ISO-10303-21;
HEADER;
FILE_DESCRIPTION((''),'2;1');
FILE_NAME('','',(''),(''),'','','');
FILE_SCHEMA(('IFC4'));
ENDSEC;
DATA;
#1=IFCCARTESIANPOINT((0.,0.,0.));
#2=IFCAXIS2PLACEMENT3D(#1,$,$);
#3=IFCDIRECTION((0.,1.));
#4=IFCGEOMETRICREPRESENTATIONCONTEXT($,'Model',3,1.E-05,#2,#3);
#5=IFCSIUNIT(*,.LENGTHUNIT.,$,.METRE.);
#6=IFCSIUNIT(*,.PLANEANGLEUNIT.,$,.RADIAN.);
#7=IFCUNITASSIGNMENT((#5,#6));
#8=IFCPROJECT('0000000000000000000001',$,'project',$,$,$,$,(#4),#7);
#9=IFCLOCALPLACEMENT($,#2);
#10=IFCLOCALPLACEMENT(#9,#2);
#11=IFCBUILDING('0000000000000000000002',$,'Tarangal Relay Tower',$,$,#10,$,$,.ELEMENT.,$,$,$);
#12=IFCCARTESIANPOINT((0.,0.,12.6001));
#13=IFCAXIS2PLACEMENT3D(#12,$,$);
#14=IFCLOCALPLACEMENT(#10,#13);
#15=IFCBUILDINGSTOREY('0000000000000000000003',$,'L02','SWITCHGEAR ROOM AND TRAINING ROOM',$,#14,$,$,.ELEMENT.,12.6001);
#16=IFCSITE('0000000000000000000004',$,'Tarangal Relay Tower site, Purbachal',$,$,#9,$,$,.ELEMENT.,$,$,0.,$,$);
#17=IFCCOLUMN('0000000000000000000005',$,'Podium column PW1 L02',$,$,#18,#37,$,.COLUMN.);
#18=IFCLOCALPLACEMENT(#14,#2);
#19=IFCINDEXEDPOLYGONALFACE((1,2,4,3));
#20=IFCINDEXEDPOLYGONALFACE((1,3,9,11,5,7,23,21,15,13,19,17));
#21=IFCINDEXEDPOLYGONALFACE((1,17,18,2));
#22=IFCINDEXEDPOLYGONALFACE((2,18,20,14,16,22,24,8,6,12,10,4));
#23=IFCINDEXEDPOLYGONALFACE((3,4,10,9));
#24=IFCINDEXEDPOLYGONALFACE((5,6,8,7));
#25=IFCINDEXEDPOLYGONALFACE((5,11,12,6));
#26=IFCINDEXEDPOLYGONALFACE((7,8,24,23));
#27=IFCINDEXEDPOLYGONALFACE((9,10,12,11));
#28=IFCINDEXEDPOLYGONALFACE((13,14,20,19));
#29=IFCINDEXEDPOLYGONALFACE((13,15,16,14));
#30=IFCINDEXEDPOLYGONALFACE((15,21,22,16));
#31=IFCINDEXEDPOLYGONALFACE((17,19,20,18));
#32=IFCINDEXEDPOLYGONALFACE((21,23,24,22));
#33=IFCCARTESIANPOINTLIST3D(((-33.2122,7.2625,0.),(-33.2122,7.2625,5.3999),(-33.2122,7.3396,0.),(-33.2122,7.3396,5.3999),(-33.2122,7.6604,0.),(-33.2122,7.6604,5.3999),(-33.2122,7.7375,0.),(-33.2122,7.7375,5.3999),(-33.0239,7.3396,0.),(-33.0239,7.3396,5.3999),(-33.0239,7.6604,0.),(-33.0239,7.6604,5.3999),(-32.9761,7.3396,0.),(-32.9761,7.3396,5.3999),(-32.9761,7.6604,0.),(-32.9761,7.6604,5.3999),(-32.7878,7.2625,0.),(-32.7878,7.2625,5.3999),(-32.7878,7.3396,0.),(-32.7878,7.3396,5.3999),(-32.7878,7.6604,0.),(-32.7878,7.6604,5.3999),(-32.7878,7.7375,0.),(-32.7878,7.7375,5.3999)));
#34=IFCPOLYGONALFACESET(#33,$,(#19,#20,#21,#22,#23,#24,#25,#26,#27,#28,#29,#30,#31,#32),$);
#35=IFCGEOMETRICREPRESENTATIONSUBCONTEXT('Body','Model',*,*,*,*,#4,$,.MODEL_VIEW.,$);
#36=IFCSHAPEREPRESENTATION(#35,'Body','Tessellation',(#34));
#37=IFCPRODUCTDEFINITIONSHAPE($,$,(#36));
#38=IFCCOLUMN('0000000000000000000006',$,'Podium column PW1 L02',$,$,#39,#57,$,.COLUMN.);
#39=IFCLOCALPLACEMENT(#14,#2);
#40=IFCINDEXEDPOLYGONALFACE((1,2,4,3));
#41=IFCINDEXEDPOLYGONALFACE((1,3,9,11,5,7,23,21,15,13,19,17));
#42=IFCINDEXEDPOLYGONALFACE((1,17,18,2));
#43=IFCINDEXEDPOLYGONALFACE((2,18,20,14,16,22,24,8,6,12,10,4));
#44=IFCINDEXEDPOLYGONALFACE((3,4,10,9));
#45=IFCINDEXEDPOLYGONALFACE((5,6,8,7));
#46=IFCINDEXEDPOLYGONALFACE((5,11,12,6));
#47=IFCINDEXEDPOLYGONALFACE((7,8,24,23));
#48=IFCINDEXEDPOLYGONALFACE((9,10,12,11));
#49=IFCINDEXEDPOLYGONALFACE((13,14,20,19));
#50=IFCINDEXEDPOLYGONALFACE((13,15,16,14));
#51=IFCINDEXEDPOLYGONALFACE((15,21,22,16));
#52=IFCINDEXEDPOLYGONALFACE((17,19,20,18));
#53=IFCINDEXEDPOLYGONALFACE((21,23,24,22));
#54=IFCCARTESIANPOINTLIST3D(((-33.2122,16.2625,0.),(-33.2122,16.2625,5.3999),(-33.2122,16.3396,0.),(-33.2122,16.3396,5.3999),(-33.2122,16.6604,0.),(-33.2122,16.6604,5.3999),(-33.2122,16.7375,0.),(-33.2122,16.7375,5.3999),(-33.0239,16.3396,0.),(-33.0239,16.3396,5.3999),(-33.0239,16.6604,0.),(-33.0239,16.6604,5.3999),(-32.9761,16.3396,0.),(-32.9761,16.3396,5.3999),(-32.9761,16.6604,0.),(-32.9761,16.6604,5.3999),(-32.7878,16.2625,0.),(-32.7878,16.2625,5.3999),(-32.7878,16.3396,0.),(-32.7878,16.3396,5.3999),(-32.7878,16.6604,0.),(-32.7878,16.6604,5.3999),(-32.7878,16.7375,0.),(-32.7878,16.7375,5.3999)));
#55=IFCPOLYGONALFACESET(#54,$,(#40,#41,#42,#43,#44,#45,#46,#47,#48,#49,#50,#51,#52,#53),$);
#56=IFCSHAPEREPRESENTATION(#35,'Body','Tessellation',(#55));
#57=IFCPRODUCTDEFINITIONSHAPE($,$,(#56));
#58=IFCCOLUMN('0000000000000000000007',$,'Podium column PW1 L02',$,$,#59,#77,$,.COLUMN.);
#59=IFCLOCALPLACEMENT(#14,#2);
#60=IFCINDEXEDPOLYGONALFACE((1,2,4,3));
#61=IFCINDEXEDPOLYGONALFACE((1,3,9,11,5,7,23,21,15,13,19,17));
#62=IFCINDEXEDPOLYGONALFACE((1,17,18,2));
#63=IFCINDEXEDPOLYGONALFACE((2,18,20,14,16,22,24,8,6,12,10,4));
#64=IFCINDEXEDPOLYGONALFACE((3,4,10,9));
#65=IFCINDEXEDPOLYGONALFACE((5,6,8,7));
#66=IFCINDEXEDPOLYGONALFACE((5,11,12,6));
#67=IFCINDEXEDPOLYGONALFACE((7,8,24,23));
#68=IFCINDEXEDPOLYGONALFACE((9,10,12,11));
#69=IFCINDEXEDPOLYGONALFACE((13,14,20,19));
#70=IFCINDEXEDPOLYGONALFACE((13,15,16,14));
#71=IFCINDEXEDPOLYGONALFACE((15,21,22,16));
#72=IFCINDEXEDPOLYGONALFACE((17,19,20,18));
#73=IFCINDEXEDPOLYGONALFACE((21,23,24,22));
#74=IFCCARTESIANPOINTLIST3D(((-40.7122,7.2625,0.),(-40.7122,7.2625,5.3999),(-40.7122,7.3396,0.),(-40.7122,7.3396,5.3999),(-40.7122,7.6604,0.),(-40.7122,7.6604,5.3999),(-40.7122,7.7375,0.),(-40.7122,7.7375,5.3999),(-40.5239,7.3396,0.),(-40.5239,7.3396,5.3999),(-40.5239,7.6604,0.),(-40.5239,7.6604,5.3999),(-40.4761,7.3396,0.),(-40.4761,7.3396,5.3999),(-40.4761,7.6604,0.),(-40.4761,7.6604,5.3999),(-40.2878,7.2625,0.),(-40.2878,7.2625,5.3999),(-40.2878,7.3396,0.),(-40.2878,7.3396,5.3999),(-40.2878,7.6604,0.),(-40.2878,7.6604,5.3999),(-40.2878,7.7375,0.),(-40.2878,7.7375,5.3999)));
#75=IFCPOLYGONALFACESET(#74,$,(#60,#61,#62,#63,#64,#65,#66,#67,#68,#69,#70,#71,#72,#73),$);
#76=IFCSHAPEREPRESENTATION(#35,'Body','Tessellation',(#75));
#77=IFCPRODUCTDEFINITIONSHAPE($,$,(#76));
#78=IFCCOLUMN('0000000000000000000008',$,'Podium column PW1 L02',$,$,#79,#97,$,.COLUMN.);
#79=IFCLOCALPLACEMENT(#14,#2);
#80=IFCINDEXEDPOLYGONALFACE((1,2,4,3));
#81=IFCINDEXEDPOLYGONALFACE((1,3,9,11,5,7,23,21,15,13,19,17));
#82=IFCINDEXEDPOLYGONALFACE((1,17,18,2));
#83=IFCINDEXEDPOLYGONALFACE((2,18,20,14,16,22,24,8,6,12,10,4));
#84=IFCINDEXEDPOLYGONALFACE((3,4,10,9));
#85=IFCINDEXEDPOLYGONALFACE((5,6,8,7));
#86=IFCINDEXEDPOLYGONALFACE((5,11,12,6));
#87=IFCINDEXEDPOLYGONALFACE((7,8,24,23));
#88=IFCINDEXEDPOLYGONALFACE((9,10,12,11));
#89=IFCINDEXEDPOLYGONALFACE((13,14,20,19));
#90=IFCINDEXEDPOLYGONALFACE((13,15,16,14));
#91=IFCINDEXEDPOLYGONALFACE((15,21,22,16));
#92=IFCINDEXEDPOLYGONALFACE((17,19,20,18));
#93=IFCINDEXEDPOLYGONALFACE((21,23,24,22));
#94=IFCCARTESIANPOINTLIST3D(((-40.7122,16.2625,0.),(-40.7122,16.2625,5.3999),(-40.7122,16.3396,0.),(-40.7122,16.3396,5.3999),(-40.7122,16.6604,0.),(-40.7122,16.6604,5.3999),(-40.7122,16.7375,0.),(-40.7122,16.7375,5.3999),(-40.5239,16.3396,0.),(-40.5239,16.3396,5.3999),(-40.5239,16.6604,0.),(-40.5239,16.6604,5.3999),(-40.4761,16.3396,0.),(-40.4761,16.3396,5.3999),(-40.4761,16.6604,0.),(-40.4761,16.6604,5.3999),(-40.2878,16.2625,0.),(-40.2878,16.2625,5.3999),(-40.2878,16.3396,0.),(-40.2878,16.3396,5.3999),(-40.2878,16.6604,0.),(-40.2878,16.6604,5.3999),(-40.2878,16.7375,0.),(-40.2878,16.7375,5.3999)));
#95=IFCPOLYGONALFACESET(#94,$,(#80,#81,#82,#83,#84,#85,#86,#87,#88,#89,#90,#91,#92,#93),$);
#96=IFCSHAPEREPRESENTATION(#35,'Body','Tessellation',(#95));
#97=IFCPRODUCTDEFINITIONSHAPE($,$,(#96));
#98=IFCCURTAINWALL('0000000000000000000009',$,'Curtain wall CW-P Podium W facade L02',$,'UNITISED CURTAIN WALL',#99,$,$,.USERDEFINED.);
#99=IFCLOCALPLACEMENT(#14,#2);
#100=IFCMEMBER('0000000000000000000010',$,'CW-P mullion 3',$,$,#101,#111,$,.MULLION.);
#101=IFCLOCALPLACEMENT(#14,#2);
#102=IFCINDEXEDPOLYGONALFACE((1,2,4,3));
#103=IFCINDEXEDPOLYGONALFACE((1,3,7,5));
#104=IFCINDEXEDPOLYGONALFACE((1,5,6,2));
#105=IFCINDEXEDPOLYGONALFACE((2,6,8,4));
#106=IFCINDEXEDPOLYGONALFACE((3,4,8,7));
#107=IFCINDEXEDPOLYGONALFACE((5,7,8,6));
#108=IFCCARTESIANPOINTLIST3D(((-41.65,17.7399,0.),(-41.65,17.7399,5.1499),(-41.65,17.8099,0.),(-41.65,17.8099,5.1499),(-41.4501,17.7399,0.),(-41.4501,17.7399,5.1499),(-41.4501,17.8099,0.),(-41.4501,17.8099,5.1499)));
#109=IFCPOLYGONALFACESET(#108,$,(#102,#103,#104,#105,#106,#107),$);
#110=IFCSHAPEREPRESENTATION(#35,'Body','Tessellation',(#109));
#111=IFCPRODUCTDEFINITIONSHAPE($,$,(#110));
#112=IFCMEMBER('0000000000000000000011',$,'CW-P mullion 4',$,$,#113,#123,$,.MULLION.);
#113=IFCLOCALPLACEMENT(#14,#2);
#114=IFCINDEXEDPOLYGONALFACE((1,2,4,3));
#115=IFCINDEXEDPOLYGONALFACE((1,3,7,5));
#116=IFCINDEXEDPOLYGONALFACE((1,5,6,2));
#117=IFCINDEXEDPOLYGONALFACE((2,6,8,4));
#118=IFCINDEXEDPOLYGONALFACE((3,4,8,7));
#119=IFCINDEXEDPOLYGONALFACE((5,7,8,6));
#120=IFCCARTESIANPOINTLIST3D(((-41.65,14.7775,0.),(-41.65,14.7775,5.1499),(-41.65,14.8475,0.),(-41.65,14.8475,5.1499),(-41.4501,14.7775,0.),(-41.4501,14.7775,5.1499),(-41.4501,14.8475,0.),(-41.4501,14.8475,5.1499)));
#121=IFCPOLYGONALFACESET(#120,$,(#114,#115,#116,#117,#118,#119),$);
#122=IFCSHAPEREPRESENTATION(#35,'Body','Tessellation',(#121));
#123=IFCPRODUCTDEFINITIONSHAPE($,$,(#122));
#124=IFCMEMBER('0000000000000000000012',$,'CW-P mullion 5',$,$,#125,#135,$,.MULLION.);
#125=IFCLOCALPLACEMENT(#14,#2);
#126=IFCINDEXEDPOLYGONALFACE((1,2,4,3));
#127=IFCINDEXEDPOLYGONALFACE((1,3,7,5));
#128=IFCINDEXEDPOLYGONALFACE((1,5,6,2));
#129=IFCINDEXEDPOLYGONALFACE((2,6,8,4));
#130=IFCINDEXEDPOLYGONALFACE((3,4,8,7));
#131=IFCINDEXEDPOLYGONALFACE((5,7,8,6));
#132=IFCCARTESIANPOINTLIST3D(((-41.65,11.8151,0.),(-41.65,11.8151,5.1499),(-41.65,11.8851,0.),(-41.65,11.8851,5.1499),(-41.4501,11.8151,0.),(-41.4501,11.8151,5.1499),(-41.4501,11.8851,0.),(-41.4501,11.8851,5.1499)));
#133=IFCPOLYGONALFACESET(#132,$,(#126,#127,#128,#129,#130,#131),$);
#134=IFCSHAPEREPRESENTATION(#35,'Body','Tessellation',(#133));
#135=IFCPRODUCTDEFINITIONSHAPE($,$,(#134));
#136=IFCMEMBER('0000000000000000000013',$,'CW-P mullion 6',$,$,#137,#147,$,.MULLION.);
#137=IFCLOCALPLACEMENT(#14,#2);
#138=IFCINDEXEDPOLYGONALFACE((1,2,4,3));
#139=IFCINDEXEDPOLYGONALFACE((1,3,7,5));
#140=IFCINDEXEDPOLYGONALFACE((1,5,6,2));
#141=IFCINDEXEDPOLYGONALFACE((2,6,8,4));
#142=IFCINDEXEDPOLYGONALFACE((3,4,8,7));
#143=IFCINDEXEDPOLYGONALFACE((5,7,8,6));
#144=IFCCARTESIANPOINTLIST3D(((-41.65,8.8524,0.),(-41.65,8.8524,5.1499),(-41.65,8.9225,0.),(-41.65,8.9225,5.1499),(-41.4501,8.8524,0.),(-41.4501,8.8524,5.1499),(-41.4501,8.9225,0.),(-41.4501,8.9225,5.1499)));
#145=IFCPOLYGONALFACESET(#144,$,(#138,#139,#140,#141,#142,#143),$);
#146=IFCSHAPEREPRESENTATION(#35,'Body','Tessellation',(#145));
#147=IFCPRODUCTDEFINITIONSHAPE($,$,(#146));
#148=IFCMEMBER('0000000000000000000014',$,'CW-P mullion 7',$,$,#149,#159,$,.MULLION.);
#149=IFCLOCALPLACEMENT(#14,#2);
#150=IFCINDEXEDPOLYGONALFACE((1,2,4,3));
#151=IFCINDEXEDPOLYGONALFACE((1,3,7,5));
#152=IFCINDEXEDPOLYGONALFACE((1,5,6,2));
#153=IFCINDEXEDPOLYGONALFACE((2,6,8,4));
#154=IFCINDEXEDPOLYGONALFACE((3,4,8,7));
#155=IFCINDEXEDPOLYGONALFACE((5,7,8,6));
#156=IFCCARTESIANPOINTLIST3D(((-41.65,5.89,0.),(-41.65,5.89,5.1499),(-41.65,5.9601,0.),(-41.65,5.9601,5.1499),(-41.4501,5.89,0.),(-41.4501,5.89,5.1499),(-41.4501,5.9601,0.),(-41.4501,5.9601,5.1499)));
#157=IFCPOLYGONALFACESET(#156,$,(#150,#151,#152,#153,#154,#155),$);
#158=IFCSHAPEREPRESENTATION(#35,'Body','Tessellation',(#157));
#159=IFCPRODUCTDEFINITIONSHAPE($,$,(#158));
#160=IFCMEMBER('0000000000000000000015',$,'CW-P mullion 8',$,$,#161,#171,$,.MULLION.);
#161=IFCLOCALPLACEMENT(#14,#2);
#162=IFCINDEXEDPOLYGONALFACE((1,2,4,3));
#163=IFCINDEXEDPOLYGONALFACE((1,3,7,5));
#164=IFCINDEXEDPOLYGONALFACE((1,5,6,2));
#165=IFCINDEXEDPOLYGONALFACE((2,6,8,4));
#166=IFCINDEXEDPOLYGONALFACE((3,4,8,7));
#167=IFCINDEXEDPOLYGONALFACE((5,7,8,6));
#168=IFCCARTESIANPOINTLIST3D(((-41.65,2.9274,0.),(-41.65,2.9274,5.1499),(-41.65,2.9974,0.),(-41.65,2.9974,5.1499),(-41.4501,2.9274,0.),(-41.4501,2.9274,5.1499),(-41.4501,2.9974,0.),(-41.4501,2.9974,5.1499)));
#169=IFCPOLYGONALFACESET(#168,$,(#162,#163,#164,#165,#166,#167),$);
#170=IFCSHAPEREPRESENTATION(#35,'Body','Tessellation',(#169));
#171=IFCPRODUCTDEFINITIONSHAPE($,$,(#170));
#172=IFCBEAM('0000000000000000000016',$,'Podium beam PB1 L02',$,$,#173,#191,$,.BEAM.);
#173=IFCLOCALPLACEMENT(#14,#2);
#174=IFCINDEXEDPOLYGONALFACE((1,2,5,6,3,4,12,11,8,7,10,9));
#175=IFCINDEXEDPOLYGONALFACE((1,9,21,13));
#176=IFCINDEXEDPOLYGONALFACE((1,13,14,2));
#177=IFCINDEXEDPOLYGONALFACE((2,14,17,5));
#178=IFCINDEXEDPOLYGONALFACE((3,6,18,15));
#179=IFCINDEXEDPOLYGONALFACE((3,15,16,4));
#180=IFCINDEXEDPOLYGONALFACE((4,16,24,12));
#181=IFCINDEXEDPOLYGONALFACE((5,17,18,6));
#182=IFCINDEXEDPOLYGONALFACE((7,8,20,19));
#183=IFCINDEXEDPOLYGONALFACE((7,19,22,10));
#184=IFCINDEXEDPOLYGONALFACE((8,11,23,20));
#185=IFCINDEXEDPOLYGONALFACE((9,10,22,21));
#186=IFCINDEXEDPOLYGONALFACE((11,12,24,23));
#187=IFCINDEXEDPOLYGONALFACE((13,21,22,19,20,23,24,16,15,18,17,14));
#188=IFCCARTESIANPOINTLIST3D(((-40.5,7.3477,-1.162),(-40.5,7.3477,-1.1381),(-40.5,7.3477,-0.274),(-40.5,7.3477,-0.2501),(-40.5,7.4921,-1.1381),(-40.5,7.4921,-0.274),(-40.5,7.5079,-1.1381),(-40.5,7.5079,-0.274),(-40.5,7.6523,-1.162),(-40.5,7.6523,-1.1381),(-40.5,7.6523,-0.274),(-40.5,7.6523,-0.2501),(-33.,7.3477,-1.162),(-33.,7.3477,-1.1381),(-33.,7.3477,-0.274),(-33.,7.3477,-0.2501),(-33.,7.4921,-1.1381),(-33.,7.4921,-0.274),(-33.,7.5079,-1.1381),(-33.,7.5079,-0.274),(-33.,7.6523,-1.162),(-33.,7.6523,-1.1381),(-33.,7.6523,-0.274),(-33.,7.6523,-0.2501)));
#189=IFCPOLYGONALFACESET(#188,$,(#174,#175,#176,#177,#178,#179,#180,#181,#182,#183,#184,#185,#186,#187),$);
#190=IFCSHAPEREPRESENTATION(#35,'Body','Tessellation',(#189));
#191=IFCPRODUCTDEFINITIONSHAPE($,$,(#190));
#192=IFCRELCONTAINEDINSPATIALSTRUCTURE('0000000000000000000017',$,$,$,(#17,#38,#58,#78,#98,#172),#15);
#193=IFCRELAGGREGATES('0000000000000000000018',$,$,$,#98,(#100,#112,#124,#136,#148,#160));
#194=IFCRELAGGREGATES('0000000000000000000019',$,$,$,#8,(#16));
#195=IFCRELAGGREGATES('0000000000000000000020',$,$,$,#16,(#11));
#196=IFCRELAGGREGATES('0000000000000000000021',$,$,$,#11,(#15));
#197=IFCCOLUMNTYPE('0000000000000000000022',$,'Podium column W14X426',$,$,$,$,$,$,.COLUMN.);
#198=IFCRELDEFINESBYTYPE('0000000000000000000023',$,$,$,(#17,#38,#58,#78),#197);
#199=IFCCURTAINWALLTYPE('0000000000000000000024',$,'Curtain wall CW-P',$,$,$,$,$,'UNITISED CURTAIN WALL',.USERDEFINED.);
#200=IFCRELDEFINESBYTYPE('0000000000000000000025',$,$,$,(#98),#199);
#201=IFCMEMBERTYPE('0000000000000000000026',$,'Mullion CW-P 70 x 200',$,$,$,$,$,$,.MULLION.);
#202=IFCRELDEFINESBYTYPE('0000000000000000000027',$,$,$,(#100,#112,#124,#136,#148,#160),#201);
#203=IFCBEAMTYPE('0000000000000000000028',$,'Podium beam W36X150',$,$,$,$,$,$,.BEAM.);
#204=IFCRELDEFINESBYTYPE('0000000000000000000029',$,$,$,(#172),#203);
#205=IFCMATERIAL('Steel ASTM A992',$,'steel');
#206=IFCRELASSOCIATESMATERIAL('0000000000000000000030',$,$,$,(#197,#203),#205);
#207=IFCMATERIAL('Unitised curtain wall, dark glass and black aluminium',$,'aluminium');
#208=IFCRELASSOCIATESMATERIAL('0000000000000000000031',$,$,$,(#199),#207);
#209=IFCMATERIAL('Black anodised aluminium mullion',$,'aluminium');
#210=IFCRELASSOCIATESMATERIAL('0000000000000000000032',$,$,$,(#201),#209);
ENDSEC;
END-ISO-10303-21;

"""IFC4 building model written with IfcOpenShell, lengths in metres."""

from ifc_helpers import new_model, si_unit, direction, frame, origin, origin_2d, place, context, subcontext, project, spatial, rectangle, i_section, extrude, material, material_profile, profile_set, type_object, element, aggregate, save


model = new_model("IFC4")

# Units and contexts
model_context = context("Model", 3, precision=1e-05, world=origin(), true_north=direction((0.0, 1.0)))
body_context = subcontext(model_context, "Body", "Model", "MODEL_VIEW")
ifc_project = project(units=[si_unit("LENGTHUNIT", "METRE"), si_unit("PLANEANGLEUNIT", "RADIAN")], contexts=[model_context])

# Site, building, storey
site_placement = place(None, origin())
site = spatial("IfcSite", under=ifc_project, at=site_placement, Name="Tarangal Relay Tower site, Purbachal", CompositionType="ELEMENT", RefElevation=0.0)
building_placement = place(site_placement, origin())
building = spatial("IfcBuilding", under=site, at=building_placement, Name="Tarangal Relay Tower", CompositionType="ELEMENT")
storey_placement = place(building_placement, frame((0.0, 0.0, 12.6001)))
storey = spatial("IfcBuildingStorey", under=building, at=storey_placement, Name="L02", Description="SWITCHGEAR ROOM AND TRAINING ROOM", CompositionType="ELEMENT", Elevation=12.6001)

# Columns
ifc_material_1 = material(Name="Steel ASTM A992", Category="steel")
ifc_material_profile_1 = material_profile(ifc_material_1, i_section(OverallWidth=0.4243, OverallDepth=0.4751, WebThickness=0.0479, FlangeThickness=0.0771, at=origin_2d()), Name="W14X426")
ifc_profile_set_1 = profile_set([ifc_material_profile_1], Name="Steel ASTM A992")
column_type = type_object("IfcColumnType", Name="Podium column W14X426", PredefinedType="COLUMN", material=ifc_profile_set_1)
for number, where, z_axis, x_axis, name in (
    (1, (-33.0, 7.5, 0.0), (0.0, 0.0, 1.0), (1.0, 0.0, 0.0), "Podium column PW1 L02"),
    (2, (-33.0, 16.5, 0.0), (0.0, 0.0, 1.0), (1.0, 0.0, 0.0), "Podium column PW1 L02"),
    (3, (-40.5, 7.5, 0.0), (0.0, 0.0, 1.0), (1.0, 0.0, 0.0), "Podium column PW1 L02"),
    (4, (-40.5, 16.5, 0.0), (0.0, 0.0, 1.0), (1.0, 0.0, 0.0), "Podium column PW1 L02"),
):
    element("IfcColumn", number, at=place(storey_placement, frame(where, z_axis=z_axis, x_axis=x_axis)), inside=storey, type_object=column_type, Name=name, PredefinedType="COLUMN", context=body_context, shape_type="SweptSolid", body=[
        extrude(i_section(OverallWidth=0.4243, OverallDepth=0.4751, WebThickness=0.0479, FlangeThickness=0.0771, at=origin_2d()), origin(), (0.0, 0.0, 1.0), 5.3999),
    ])

# Curtain wall, members
ifc_material_2 = material(Name="Unitised curtain wall, dark glass and black aluminium", Category="aluminium")
curtain_wall_type = type_object("IfcCurtainWallType", Name="Curtain wall CW-P", ElementType="UNITISED CURTAIN WALL", PredefinedType="USERDEFINED", material=ifc_material_2)
curtain_wall_placement = place(storey_placement, origin())
curtain_wall = element("IfcCurtainWall", 5, at=curtain_wall_placement, inside=storey, type_object=curtain_wall_type, Name="Curtain wall CW-P Podium W facade L02", ObjectType="UNITISED CURTAIN WALL", PredefinedType="USERDEFINED")
ifc_material_3 = material(Name="Black anodised aluminium mullion", Category="aluminium")
ifc_material_profile_2 = material_profile(ifc_material_3, rectangle(XDim=0.2, YDim=0.0701, at=origin_2d()), Name="CW-PM 70X200")
ifc_profile_set_2 = profile_set([ifc_material_profile_2], Name="Black anodised aluminium mullion")
member_type_1 = type_object("IfcMemberType", Name="Mullion CW-P 70 x 200", PredefinedType="MULLION", material=ifc_profile_set_2)
member_1_placement = place(storey_placement, frame((-41.55, 17.7749, 0.0), z_axis=(0.0, 0.0, 1.0), x_axis=(1.0, 0.0, 0.0)))
member_1 = element("IfcMember", 6, at=member_1_placement, type_object=member_type_1, Name="CW-P mullion 3", PredefinedType="MULLION", context=body_context, shape_type="SweptSolid", body=[
    extrude(rectangle(XDim=0.2, YDim=0.0701, at=origin_2d()), origin(), (0.0, 0.0, 1.0), 5.1499),
])
member_2_placement = place(storey_placement, frame((-41.55, 14.8125, 0.0), z_axis=(0.0, 0.0, 1.0), x_axis=(1.0, 0.0, 0.0)))
member_2 = element("IfcMember", 7, at=member_2_placement, type_object=member_type_1, Name="CW-P mullion 4", PredefinedType="MULLION", context=body_context, shape_type="SweptSolid", body=[
    extrude(rectangle(XDim=0.2, YDim=0.0701, at=origin_2d()), origin(), (0.0, 0.0, 1.0), 5.1499),
])
member_3_placement = place(storey_placement, frame((-41.55, 11.8501, 0.0), z_axis=(0.0, 0.0, 1.0), x_axis=(1.0, 0.0, 0.0)))
member_3 = element("IfcMember", 8, at=member_3_placement, type_object=member_type_1, Name="CW-P mullion 5", PredefinedType="MULLION", context=body_context, shape_type="SweptSolid", body=[
    extrude(rectangle(XDim=0.2, YDim=0.0701, at=origin_2d()), origin(), (0.0, 0.0, 1.0), 5.1499),
])
member_4_placement = place(storey_placement, frame((-41.55, 8.8875, 0.0), z_axis=(0.0, 0.0, 1.0), x_axis=(1.0, 0.0, 0.0)))
member_4 = element("IfcMember", 9, at=member_4_placement, type_object=member_type_1, Name="CW-P mullion 6", PredefinedType="MULLION", context=body_context, shape_type="SweptSolid", body=[
    extrude(rectangle(XDim=0.2, YDim=0.0701, at=origin_2d()), origin(), (0.0, 0.0, 1.0), 5.1499),
])
member_5_placement = place(storey_placement, frame((-41.55, 5.925, 0.0), z_axis=(0.0, 0.0, 1.0), x_axis=(1.0, 0.0, 0.0)))
member_5 = element("IfcMember", 10, at=member_5_placement, type_object=member_type_1, Name="CW-P mullion 7", PredefinedType="MULLION", context=body_context, shape_type="SweptSolid", body=[
    extrude(rectangle(XDim=0.2, YDim=0.0701, at=origin_2d()), origin(), (0.0, 0.0, 1.0), 5.1499),
])
member_6_placement = place(storey_placement, frame((-41.55, 2.9624, 0.0), z_axis=(0.0, 0.0, 1.0), x_axis=(1.0, 0.0, 0.0)))
member_6 = element("IfcMember", 11, at=member_6_placement, type_object=member_type_1, Name="CW-P mullion 8", PredefinedType="MULLION", context=body_context, shape_type="SweptSolid", body=[
    extrude(rectangle(XDim=0.2, YDim=0.0701, at=origin_2d()), origin(), (0.0, 0.0, 1.0), 5.1499),
])

# Beam
ifc_material_profile_3 = material_profile(ifc_material_1, i_section(OverallWidth=0.3047, OverallDepth=0.9119, WebThickness=0.0159, FlangeThickness=0.0239, at=origin_2d()), Name="W36X150")
ifc_profile_set_3 = profile_set([ifc_material_profile_3], Name="Steel ASTM A992")
beam_type_1 = type_object("IfcBeamType", Name="Podium beam W36X150", PredefinedType="BEAM", material=ifc_profile_set_3)
for number, where, z_axis, x_axis, name in (
    (12, (-33.0, 7.5, -0.7061), (-1.0, 0.0, 0.0), (0.0, -1.0, 0.0), "Podium beam PB1 L02"),
):
    element("IfcBeam", number, at=place(storey_placement, frame(where, z_axis=z_axis, x_axis=x_axis)), inside=storey, type_object=beam_type_1, Name=name, PredefinedType="BEAM", context=body_context, shape_type="SweptSolid", body=[
        extrude(i_section(OverallWidth=0.3047, OverallDepth=0.9119, WebThickness=0.0159, FlangeThickness=0.0239, at=origin_2d()), origin(), (0.0, 0.0, 1.0), 7.5),
    ])

aggregate(curtain_wall, [member_1, member_2, member_3, member_4, member_5, member_6])

save(model, "model.ifc")
